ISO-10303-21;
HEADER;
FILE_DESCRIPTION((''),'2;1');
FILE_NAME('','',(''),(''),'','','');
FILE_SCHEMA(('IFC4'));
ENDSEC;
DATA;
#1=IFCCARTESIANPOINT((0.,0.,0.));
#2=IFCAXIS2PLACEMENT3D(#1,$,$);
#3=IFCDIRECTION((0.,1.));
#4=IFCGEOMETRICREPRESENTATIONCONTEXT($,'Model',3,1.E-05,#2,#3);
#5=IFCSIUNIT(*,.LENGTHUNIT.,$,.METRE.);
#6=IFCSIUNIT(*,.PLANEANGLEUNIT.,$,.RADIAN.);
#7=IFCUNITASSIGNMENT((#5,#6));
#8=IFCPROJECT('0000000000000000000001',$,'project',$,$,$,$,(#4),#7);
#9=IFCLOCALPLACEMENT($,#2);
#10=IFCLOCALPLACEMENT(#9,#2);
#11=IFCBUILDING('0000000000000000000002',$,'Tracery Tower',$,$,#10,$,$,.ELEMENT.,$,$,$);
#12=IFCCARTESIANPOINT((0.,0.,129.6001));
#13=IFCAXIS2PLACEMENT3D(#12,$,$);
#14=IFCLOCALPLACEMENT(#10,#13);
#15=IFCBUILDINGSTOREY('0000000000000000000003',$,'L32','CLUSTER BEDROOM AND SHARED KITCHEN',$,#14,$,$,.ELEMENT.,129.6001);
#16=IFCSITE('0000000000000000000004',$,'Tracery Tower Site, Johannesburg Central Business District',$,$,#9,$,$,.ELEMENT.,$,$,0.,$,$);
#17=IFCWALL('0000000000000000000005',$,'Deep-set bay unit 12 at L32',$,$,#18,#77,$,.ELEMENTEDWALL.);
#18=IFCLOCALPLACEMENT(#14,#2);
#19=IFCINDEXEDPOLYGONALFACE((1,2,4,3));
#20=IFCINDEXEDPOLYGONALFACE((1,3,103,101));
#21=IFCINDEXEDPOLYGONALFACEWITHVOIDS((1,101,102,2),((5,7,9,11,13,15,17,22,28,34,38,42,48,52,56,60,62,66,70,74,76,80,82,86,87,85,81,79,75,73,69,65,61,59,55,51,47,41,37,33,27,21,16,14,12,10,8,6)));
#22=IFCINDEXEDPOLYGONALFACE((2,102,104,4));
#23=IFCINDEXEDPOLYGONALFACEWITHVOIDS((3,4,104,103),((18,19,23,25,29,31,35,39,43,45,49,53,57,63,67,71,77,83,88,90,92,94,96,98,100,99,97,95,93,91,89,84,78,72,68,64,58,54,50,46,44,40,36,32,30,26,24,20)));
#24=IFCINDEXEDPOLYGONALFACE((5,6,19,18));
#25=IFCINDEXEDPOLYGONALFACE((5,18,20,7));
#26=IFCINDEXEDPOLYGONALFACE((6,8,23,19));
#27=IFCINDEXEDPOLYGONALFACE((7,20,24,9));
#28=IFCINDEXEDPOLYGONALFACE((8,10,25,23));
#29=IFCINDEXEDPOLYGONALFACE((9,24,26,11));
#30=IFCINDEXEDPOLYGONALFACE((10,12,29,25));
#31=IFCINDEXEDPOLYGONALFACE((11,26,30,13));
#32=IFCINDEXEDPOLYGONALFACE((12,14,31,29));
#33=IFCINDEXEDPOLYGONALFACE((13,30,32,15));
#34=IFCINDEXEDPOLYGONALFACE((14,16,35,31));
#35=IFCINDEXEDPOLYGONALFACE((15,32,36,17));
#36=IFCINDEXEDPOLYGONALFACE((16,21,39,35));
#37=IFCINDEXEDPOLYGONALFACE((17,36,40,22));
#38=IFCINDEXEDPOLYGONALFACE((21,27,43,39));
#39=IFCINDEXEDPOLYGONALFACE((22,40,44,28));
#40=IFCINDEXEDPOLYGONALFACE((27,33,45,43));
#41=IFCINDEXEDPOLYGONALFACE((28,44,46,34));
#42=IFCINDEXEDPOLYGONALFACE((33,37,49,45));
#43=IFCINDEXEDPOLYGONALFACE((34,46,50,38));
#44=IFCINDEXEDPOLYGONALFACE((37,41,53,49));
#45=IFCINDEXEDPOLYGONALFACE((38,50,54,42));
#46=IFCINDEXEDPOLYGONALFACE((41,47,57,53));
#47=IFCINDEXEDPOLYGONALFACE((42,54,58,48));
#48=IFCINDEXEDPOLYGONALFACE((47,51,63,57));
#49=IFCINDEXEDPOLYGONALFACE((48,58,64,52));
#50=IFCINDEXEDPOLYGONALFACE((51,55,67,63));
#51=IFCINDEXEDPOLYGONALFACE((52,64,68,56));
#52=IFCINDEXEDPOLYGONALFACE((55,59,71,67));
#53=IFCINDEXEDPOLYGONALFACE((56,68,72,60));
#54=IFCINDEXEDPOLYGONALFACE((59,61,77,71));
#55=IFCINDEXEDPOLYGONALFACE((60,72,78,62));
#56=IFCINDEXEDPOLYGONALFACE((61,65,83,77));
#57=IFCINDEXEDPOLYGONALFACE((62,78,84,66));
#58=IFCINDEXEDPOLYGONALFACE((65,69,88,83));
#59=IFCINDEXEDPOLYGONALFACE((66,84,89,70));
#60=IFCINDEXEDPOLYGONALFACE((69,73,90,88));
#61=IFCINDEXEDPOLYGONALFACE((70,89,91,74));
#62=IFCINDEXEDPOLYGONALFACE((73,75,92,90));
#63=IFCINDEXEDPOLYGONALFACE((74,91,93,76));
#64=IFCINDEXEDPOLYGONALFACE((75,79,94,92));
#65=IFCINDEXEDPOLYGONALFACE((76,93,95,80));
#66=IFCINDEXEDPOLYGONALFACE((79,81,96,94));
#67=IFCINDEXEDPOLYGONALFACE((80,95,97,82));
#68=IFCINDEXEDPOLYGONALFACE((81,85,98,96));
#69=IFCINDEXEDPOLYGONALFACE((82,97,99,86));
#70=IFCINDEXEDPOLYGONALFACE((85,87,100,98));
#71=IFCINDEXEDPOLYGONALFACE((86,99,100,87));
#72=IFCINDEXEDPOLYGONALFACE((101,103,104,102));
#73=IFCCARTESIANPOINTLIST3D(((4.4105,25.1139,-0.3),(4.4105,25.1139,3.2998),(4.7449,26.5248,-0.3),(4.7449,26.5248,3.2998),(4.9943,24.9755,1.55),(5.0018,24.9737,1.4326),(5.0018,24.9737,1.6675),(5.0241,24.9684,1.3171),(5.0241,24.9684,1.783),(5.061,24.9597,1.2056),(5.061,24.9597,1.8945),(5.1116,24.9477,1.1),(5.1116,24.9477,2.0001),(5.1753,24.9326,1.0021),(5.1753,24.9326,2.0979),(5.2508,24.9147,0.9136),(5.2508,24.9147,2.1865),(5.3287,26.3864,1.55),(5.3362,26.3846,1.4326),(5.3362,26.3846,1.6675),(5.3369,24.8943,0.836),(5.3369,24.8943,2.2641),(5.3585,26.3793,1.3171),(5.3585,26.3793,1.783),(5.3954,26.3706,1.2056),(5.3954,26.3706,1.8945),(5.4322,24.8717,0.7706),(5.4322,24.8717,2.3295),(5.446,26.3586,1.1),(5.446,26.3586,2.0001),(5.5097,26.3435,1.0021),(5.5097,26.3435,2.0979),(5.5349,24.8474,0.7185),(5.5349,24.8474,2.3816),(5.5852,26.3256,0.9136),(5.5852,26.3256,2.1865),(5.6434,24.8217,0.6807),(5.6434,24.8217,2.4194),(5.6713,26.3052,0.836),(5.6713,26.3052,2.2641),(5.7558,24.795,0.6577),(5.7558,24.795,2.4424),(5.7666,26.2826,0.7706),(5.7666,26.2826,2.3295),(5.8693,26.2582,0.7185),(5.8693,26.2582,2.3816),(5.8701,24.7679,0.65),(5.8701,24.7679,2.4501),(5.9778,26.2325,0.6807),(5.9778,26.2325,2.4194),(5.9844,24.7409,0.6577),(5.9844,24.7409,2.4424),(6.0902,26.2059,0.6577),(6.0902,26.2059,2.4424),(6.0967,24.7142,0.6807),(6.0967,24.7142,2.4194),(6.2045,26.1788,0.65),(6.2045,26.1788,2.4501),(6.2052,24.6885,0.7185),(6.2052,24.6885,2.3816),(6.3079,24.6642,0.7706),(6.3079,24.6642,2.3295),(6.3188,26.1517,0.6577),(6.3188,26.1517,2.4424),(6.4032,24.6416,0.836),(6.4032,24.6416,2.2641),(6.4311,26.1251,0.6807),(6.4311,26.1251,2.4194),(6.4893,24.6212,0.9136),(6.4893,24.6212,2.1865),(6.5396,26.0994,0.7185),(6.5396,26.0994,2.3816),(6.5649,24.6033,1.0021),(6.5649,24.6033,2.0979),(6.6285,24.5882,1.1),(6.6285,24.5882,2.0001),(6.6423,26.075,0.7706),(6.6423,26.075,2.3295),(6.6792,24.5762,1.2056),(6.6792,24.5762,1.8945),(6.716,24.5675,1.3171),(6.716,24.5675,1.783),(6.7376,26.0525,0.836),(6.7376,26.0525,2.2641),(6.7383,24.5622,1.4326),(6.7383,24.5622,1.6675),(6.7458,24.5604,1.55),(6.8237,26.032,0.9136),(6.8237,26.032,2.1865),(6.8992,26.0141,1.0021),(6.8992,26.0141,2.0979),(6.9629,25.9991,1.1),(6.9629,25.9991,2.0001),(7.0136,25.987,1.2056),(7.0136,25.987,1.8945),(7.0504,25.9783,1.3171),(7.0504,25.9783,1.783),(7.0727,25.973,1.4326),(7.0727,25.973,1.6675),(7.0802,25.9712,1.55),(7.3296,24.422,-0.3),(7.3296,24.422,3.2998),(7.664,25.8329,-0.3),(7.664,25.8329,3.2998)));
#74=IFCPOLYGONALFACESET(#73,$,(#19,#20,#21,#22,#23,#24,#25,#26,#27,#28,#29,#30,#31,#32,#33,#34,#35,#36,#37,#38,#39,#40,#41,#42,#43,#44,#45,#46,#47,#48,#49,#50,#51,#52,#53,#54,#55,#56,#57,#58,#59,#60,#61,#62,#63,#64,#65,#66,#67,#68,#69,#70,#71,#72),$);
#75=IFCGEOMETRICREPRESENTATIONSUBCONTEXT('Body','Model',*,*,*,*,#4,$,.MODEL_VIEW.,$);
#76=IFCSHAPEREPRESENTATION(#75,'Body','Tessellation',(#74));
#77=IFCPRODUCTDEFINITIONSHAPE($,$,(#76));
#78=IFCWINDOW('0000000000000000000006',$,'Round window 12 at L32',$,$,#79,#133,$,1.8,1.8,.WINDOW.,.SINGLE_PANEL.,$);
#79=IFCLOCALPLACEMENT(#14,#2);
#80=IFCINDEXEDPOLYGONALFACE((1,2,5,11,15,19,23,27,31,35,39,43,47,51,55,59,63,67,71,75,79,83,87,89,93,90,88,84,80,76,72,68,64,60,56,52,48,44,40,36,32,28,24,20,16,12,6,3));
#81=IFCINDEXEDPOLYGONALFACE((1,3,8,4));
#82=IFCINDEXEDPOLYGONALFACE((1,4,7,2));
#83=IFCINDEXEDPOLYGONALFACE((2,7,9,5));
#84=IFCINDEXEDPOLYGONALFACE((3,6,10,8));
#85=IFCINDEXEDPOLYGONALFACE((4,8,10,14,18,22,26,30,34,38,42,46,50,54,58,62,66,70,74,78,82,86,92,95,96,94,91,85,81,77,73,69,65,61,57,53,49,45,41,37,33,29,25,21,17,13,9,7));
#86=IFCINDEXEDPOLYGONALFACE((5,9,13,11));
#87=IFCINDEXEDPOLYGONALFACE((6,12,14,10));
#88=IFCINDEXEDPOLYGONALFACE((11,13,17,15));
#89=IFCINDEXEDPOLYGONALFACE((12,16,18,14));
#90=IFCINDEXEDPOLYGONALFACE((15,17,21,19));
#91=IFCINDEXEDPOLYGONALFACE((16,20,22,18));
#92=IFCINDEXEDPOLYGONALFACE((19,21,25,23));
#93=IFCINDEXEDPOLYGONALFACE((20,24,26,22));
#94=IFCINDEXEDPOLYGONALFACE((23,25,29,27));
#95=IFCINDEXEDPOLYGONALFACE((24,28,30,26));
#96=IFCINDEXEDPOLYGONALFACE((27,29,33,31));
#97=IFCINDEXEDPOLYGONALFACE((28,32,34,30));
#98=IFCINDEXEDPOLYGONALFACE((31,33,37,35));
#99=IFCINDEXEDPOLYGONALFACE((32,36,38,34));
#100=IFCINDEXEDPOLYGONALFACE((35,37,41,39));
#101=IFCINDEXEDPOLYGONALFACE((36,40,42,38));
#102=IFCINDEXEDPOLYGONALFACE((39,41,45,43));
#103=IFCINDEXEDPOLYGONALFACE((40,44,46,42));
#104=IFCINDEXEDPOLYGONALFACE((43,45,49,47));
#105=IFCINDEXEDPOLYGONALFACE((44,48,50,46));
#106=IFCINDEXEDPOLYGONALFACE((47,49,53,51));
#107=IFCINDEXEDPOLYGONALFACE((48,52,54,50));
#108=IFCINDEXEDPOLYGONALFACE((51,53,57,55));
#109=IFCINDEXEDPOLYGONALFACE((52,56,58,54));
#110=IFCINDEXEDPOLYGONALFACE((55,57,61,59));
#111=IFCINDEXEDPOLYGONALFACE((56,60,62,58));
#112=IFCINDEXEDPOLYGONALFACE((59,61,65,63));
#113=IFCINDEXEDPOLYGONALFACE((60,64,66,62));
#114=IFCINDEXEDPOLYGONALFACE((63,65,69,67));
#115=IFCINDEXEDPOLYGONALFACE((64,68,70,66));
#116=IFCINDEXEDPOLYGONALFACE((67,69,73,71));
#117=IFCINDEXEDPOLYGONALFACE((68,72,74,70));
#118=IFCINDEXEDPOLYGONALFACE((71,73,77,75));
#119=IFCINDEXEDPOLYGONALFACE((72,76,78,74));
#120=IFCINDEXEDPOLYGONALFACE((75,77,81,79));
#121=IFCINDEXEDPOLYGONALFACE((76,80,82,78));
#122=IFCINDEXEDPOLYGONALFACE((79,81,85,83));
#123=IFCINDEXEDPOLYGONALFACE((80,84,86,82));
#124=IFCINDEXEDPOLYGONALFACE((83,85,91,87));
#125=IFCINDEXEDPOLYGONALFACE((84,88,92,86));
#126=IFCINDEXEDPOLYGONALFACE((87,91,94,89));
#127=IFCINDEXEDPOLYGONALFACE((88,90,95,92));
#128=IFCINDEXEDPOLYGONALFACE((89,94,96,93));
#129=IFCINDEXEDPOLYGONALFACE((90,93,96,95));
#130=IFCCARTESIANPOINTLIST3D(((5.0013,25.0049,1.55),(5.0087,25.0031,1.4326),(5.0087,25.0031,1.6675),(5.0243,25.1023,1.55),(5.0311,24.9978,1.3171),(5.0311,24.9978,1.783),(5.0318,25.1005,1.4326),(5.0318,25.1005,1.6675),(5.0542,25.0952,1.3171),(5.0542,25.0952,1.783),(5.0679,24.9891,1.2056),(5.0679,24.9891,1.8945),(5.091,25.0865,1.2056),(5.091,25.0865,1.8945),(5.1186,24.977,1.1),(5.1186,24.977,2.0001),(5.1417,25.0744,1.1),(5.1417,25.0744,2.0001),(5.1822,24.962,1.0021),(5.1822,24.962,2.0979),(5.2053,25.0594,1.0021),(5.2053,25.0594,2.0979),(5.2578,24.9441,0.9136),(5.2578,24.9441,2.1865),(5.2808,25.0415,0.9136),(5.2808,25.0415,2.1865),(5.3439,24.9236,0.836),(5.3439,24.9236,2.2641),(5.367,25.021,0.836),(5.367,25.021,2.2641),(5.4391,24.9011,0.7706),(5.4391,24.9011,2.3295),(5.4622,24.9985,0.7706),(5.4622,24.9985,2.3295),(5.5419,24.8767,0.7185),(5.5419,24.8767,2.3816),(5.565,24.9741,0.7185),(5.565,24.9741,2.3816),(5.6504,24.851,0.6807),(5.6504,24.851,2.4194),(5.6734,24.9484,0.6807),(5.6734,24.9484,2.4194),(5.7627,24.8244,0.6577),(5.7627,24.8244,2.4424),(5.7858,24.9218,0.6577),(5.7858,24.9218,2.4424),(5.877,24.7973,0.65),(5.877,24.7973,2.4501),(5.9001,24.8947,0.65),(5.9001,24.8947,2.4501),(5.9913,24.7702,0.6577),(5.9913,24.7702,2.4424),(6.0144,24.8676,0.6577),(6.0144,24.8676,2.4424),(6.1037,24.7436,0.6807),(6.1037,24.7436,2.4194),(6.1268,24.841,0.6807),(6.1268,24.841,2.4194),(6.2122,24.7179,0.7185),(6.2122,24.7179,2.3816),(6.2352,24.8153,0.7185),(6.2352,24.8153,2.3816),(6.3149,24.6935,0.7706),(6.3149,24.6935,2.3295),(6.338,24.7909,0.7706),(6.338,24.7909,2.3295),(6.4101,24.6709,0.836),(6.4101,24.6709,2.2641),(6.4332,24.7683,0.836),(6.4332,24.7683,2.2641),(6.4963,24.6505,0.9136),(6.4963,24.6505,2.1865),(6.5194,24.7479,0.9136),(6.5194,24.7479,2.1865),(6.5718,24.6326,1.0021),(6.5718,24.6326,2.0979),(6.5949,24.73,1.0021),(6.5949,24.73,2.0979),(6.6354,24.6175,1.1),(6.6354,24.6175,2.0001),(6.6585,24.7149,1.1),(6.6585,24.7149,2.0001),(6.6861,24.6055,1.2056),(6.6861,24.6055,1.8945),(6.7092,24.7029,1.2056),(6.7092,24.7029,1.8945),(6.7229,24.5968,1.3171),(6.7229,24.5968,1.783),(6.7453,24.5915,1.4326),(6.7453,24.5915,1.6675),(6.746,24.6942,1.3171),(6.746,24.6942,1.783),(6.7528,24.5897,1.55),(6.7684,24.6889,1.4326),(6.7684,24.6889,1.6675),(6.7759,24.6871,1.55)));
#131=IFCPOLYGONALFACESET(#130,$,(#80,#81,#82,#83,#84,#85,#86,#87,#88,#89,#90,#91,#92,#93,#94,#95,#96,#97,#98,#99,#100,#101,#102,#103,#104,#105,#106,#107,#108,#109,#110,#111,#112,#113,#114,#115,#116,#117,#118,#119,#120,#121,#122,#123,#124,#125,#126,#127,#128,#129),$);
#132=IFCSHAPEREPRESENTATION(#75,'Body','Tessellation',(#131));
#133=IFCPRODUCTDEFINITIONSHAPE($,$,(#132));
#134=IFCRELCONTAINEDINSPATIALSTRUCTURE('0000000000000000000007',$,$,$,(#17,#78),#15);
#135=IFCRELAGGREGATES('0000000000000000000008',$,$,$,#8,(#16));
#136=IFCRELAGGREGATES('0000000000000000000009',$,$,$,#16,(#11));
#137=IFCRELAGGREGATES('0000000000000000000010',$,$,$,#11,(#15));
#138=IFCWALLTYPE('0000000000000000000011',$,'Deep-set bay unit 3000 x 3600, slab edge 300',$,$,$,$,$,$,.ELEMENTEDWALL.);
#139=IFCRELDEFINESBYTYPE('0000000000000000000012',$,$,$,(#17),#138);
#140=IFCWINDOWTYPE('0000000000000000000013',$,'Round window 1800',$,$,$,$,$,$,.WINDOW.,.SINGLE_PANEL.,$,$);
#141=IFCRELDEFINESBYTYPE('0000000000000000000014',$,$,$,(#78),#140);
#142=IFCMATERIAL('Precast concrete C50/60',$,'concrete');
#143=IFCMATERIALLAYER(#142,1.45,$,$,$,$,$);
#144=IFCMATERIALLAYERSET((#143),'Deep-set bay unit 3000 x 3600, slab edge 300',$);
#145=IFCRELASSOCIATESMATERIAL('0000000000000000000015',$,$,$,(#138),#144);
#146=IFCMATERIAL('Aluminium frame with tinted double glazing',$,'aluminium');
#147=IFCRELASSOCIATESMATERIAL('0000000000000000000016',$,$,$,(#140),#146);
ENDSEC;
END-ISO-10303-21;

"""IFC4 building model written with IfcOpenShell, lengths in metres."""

from ifc_helpers import new_model, si_unit, direction, frame, frame_2d, origin, origin_2d, place, context, subcontext, project, spatial, rectangle, circle, extrude, material, layer, layer_set, type_object, element, fill, save


model = new_model("IFC4")

# Units and contexts
model_context = context("Model", 3, precision=1e-05, world=origin(), true_north=direction((0.0, 1.0)))
body_context = subcontext(model_context, "Body", "Model", "MODEL_VIEW")
ifc_project = project(units=[si_unit("LENGTHUNIT", "METRE"), si_unit("PLANEANGLEUNIT", "RADIAN")], contexts=[model_context])

# Site, building, storey
site_placement = place(None, origin())
site = spatial("IfcSite", under=ifc_project, at=site_placement, Name="Tracery Tower Site, Johannesburg Central Business District", CompositionType="ELEMENT", RefElevation=0.0)
building_placement = place(site_placement, origin())
building = spatial("IfcBuilding", under=site, at=building_placement, Name="Tracery Tower", CompositionType="ELEMENT")
storey_placement = place(building_placement, frame((0.0, 0.0, 129.6001)))
storey = spatial("IfcBuildingStorey", under=building, at=storey_placement, Name="L32", Description="CLUSTER BEDROOM AND SHARED KITCHEN", CompositionType="ELEMENT", Elevation=129.6001)

# Wall, opening, window
ifc_material_1 = material(Name="Precast concrete C50/60", Category="concrete")
ifc_layer_1 = layer(ifc_material_1, 1.45)
ifc_layer_set_1 = layer_set([ifc_layer_1], Name="Deep-set bay unit 3000 x 3600, slab edge 300")
wall_type_1 = type_object("IfcWallType", Name="Deep-set bay unit 3000 x 3600, slab edge 300", PredefinedType="ELEMENTEDWALL", material=ifc_layer_set_1)
wall_1_placement = place(storey_placement, frame((7.4968, 25.1274, -0.3), z_axis=(0.0, 0.0, 1.0), x_axis=(-0.973042, 0.230627, 0.0)))
wall_1 = element("IfcWall", 1, at=wall_1_placement, inside=storey, type_object=wall_type_1, Name="Deep-set bay unit 12 at L32", PredefinedType="ELEMENTEDWALL", context=body_context, shape_type="SweptSolid", body=[
    extrude(rectangle(XDim=3.0, YDim=1.45, at=frame_2d((1.5, 0.0))), origin(), (0.0, 0.0, 1.0), 3.5999),
])
opening_1_placement = place(wall_1_placement, frame((1.5, 0.0, 1.8501)))
opening_1 = element("IfcOpeningElement", 2, at=opening_1_placement, cuts=wall_1, PredefinedType="OPENING", context=body_context, shape_type="SweptSolid", body=[
    extrude(circle(Radius=0.9, at=origin_2d()), frame((0.0, 0.7349, 0.0), z_axis=(0.0, -1.0, 0.0), x_axis=(1.0, 0.0, 0.0)), (0.0, 0.0, 1.0), 1.47),
])
ifc_material_2 = material(Name="Aluminium frame with tinted double glazing", Category="aluminium")
window_type = type_object("IfcWindowType", Name="Round window 1800", PartitioningType="SINGLE_PANEL", PredefinedType="WINDOW", material=ifc_material_2)
window_1_placement = place(opening_1_placement, origin())
window_1 = element("IfcWindow", 3, at=window_1_placement, inside=storey, type_object=window_type, Name="Round window 12 at L32", OverallHeight=1.8, OverallWidth=1.8, PartitioningType="SINGLE_PANEL", PredefinedType="WINDOW", context=body_context, shape_type="SweptSolid", body=[
    extrude(circle(Radius=0.9, at=origin_2d()), frame((0.0, 0.6948, 0.0), z_axis=(0.0, -1.0, 0.0), x_axis=(1.0, 0.0, 0.0)), (0.0, 0.0, 1.0), 0.1001),
])
fill(opening_1, window_1)

save(model, "model.ifc")
